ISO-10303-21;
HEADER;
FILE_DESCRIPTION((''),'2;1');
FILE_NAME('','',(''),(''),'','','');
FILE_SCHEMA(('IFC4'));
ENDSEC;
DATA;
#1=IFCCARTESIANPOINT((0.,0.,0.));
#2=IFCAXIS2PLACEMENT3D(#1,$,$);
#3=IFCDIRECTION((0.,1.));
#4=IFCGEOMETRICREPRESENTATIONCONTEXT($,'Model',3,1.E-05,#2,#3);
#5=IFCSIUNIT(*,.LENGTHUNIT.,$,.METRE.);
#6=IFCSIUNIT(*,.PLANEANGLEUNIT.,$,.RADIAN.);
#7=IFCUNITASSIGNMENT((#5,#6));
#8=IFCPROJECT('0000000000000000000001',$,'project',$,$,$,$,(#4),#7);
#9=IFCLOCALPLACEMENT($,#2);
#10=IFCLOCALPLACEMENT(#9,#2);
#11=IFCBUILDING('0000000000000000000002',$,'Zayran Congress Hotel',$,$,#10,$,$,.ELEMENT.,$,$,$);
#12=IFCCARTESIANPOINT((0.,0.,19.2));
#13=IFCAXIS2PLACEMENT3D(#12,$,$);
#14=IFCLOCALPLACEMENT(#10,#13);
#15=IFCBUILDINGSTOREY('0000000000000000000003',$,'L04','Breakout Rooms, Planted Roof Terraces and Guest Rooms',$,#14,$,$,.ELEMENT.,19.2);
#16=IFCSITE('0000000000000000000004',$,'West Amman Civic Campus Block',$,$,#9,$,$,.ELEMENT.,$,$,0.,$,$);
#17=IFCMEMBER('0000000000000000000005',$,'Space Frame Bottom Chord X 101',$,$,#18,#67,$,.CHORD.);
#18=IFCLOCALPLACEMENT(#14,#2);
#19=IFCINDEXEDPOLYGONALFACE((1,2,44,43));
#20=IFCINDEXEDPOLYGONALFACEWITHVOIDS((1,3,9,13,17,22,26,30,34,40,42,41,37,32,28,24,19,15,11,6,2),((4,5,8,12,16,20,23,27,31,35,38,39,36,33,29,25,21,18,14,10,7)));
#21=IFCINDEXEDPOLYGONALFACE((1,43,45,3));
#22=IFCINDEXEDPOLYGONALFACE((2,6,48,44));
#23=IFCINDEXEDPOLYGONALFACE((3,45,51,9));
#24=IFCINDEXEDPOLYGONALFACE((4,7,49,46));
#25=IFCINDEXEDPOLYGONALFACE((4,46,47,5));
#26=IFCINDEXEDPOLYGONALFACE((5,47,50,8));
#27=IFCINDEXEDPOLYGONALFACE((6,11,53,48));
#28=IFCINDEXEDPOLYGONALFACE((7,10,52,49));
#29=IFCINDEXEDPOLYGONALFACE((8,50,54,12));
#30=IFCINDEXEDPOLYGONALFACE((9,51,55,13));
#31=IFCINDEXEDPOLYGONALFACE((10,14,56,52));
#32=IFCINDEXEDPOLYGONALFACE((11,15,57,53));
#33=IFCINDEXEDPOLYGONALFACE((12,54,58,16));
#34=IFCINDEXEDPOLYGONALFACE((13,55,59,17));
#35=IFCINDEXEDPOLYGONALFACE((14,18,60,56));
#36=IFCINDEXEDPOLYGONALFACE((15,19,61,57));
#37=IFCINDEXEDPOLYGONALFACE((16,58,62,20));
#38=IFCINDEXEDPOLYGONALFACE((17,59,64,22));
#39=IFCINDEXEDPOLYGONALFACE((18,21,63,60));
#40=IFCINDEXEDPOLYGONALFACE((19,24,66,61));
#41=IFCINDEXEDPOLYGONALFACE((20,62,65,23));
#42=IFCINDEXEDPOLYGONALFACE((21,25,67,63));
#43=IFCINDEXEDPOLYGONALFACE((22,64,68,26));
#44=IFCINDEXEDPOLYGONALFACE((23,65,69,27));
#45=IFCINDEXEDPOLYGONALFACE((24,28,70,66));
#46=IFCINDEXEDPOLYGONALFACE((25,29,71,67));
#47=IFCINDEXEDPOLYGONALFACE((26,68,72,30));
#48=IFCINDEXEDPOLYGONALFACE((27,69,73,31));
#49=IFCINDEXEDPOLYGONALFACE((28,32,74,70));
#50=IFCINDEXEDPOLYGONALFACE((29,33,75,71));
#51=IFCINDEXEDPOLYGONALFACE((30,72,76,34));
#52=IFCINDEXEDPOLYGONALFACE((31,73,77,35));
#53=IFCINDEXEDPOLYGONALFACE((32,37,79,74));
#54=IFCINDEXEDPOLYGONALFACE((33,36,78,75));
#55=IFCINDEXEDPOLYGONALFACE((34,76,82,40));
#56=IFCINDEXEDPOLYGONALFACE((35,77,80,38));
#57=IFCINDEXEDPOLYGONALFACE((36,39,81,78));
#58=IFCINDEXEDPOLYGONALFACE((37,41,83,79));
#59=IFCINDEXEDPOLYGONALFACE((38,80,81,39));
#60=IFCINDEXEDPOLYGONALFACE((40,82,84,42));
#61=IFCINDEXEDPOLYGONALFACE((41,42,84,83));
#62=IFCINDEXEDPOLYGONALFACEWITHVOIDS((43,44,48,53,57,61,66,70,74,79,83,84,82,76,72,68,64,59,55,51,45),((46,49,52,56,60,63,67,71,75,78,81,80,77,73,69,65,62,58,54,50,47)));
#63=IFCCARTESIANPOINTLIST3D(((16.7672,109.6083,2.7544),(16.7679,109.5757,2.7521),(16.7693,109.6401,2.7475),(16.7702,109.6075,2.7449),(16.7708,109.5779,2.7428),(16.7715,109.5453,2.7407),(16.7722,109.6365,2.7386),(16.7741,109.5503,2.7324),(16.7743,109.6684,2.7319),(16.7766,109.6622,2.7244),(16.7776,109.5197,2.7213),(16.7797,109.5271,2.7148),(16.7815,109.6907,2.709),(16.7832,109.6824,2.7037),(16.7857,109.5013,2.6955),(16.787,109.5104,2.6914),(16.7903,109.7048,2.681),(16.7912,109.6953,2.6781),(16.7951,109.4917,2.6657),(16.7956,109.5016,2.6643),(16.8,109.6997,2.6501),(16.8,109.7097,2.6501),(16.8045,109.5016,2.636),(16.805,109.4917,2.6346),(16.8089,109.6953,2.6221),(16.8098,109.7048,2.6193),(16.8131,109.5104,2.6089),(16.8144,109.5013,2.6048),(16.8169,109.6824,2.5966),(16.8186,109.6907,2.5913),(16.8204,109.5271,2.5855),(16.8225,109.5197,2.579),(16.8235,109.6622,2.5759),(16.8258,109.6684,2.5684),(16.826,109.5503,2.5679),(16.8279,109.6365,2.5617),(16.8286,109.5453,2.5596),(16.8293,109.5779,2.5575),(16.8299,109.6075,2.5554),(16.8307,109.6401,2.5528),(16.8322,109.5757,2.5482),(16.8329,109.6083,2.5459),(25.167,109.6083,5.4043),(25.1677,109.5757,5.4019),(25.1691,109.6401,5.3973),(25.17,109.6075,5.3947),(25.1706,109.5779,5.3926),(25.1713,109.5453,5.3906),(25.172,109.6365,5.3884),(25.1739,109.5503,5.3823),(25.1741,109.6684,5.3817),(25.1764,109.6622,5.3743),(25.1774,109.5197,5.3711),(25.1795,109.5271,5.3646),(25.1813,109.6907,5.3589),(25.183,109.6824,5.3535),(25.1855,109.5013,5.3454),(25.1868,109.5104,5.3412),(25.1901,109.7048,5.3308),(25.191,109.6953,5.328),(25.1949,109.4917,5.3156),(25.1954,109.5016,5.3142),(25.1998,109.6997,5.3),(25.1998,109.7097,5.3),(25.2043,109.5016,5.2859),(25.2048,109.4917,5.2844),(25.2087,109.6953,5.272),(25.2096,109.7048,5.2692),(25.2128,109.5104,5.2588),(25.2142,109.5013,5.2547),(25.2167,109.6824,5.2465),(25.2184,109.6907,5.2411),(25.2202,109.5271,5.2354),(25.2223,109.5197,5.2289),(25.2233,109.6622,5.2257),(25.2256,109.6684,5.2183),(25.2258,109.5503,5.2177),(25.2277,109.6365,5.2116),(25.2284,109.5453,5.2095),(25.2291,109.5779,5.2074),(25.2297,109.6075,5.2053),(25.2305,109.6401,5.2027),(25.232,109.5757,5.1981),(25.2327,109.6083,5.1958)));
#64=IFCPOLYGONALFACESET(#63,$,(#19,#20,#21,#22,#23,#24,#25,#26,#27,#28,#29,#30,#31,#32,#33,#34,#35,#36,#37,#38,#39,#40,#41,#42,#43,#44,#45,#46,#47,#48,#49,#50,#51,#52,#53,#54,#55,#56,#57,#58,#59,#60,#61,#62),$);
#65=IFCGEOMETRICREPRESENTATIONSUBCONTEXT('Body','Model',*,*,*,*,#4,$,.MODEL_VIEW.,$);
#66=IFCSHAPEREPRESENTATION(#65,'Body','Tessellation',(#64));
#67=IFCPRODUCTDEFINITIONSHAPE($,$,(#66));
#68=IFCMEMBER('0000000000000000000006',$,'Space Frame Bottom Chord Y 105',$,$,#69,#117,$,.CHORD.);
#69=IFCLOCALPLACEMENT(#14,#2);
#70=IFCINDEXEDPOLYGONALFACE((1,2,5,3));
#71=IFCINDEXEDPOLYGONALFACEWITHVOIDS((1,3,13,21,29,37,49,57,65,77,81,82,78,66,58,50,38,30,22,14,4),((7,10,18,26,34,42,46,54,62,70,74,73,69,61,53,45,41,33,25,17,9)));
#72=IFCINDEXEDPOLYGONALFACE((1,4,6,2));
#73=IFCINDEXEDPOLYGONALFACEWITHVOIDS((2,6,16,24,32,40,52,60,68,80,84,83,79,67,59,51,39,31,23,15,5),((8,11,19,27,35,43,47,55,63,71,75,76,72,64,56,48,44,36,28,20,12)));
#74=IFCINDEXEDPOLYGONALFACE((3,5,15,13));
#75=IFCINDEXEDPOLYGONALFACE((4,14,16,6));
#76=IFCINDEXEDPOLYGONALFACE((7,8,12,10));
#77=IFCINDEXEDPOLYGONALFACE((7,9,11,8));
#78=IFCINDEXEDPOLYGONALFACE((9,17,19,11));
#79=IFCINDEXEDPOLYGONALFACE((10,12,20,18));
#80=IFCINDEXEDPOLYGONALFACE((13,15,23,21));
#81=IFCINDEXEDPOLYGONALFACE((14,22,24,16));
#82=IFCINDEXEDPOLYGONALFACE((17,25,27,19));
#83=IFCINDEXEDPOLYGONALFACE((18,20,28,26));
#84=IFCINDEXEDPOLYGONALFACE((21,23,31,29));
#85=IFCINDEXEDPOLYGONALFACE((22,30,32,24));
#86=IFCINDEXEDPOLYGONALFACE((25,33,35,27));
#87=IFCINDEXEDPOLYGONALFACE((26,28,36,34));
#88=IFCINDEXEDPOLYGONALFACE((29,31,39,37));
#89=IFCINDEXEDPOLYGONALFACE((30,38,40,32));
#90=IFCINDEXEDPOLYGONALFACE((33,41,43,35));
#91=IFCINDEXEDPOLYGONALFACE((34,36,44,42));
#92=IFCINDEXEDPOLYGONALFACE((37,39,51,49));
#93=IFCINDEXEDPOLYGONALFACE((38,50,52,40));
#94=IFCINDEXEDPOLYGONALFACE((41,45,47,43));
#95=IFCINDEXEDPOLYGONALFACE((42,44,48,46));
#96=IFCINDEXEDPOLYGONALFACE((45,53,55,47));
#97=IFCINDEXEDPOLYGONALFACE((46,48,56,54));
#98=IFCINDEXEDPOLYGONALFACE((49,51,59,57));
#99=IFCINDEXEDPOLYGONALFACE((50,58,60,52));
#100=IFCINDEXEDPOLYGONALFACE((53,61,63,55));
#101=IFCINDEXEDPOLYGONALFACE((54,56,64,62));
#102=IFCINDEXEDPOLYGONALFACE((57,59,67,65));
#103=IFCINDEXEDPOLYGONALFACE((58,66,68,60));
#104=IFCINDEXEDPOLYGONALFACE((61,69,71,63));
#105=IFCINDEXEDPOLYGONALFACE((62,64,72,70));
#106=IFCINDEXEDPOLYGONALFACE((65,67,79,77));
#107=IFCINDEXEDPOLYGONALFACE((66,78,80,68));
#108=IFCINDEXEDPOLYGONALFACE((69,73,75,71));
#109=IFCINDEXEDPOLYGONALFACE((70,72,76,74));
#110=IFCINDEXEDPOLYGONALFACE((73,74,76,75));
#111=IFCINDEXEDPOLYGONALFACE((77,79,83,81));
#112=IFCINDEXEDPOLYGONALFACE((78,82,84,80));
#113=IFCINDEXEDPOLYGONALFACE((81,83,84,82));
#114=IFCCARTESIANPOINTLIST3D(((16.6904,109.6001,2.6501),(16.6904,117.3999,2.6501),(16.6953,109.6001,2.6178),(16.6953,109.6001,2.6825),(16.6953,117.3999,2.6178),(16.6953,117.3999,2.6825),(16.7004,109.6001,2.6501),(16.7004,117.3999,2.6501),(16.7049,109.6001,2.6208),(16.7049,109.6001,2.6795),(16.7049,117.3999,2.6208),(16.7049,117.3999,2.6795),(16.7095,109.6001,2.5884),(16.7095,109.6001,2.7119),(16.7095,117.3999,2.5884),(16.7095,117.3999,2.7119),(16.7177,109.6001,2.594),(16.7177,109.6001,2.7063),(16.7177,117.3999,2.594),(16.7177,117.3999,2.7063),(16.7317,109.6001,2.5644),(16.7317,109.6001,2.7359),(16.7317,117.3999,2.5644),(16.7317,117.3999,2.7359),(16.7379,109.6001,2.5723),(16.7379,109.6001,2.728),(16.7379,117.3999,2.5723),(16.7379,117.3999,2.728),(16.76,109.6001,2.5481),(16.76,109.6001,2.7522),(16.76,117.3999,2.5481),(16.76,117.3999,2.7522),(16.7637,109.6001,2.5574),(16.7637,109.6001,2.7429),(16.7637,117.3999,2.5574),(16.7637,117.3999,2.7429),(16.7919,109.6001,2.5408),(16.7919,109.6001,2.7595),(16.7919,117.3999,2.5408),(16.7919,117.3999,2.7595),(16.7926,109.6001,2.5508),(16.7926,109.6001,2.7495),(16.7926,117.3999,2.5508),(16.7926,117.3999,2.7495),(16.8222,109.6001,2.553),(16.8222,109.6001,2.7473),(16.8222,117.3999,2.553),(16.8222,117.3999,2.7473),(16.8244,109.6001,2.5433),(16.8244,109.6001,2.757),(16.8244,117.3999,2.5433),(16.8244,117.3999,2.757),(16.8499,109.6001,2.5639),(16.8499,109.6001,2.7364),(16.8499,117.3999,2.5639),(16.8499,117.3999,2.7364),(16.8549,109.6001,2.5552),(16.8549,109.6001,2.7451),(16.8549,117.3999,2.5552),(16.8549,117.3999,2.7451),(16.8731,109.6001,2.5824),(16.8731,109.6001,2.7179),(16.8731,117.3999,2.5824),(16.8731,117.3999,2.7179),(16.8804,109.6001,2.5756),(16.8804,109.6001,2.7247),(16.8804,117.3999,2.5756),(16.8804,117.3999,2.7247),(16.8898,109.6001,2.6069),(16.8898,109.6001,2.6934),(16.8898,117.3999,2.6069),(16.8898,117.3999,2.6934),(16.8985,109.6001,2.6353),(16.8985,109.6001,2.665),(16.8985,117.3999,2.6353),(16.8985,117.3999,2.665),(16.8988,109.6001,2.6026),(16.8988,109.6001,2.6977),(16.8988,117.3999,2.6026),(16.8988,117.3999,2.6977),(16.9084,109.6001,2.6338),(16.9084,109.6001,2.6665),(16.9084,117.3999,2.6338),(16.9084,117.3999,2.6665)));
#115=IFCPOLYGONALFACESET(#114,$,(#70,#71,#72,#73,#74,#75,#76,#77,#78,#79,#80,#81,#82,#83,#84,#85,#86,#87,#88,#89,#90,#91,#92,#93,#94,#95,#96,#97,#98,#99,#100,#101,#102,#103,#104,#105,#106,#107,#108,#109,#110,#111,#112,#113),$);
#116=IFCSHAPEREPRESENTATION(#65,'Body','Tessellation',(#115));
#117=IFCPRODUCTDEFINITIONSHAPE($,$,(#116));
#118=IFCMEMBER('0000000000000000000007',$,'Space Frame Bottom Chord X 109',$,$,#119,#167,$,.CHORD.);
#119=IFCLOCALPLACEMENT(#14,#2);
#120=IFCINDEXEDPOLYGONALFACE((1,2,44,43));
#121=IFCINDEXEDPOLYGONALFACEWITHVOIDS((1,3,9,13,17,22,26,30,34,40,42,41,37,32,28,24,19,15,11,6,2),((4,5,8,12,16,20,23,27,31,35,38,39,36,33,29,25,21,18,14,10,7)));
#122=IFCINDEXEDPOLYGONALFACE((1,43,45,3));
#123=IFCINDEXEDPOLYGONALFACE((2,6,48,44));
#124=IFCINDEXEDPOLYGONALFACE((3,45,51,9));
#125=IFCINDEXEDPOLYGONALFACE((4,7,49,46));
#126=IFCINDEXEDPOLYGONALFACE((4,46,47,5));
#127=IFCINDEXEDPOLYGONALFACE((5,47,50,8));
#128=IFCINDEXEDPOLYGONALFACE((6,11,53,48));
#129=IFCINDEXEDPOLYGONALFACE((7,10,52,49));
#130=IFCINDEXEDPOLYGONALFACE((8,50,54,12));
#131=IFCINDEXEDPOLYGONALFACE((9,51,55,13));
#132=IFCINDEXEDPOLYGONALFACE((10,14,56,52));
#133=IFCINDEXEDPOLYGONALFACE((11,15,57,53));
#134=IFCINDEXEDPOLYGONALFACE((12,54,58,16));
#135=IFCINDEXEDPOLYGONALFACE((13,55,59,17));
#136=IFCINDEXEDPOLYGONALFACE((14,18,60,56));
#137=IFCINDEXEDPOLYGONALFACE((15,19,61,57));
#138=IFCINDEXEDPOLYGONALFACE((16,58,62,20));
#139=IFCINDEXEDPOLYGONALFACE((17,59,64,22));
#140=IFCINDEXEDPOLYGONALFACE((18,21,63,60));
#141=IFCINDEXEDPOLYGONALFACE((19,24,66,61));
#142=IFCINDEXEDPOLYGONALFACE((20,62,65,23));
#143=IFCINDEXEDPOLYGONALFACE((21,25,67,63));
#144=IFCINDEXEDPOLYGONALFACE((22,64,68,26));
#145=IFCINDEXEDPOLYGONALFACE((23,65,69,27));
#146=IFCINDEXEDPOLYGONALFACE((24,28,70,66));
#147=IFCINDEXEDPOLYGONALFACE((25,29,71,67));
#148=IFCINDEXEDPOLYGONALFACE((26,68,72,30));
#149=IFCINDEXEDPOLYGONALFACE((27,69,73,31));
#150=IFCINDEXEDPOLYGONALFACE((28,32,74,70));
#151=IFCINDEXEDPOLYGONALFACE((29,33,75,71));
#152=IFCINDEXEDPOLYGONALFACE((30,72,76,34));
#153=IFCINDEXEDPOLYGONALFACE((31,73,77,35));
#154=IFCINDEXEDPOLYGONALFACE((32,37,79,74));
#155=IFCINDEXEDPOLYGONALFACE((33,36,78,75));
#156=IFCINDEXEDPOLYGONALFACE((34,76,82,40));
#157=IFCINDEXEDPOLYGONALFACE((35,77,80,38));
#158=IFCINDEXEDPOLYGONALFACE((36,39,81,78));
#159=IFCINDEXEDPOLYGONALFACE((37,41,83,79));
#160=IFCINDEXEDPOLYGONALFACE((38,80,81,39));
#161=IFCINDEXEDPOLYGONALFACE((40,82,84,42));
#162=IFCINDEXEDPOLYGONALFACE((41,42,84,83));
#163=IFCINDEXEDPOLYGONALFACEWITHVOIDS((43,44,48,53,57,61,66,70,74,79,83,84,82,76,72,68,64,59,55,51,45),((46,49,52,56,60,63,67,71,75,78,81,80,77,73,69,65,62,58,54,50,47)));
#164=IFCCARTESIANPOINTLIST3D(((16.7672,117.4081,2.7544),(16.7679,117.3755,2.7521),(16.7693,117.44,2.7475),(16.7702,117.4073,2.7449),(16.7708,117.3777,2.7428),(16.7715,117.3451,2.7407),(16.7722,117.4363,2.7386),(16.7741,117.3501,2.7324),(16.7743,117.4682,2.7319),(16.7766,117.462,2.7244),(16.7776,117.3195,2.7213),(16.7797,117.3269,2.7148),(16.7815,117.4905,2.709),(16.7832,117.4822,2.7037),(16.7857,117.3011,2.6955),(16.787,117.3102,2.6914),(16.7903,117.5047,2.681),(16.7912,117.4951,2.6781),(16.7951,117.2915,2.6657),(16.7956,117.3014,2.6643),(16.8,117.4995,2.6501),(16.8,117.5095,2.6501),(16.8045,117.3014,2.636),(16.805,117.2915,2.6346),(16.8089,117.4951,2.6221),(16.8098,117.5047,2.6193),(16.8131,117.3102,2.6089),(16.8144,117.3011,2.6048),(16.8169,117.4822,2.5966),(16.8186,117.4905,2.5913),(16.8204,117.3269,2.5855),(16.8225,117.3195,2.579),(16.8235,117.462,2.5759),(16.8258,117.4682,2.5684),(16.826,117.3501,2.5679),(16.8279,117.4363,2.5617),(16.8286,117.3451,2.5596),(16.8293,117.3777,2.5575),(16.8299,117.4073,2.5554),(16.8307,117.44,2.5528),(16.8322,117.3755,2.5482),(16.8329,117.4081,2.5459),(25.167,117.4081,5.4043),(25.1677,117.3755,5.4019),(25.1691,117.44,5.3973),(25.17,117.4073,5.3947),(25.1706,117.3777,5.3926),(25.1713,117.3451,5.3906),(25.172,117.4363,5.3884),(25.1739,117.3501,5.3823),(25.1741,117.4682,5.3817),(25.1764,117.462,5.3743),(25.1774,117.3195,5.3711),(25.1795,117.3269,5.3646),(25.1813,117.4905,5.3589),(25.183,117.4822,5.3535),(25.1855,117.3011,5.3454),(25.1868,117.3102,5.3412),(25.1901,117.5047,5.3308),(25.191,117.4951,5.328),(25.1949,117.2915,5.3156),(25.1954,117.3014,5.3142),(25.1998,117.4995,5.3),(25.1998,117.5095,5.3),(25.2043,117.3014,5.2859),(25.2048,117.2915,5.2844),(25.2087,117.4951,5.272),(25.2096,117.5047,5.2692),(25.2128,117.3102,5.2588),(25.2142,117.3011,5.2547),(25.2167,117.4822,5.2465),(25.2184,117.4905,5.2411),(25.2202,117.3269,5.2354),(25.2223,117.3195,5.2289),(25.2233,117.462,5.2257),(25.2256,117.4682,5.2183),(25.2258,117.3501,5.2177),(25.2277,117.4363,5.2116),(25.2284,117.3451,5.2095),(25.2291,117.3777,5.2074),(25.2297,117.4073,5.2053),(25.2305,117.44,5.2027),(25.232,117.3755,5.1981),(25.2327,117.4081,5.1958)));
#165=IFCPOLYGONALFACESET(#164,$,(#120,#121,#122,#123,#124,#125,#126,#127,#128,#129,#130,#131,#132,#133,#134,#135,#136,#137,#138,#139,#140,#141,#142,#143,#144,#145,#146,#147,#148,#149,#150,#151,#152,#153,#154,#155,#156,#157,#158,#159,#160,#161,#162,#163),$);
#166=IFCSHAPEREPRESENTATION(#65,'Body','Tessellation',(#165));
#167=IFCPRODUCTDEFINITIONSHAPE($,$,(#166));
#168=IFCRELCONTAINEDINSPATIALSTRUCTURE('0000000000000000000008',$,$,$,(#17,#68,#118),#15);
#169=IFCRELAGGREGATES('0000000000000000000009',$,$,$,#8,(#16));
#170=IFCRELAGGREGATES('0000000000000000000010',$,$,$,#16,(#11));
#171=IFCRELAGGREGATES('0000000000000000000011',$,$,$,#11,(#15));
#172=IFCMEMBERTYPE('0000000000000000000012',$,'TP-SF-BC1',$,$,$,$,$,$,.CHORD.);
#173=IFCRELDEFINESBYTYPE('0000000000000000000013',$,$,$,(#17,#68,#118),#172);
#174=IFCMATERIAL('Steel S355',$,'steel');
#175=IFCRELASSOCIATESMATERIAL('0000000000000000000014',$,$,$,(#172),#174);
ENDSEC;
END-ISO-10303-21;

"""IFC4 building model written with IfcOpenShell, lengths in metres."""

from ifc_helpers import new_model, si_unit, direction, frame, origin, origin_2d, place, context, subcontext, project, spatial, hollow_circle, extrude, material, material_profile, profile_set, type_object, element, save


model = new_model("IFC4")

# Units and contexts
model_context = context("Model", 3, precision=1e-05, world=origin(), true_north=direction((0.0, 1.0)))
body_context = subcontext(model_context, "Body", "Model", "MODEL_VIEW")
ifc_project = project(units=[si_unit("LENGTHUNIT", "METRE"), si_unit("PLANEANGLEUNIT", "RADIAN")], contexts=[model_context])

# Site, building, storey
site_placement = place(None, origin())
site = spatial("IfcSite", under=ifc_project, at=site_placement, Name="West Amman Civic Campus Block", CompositionType="ELEMENT", RefElevation=0.0)
building_placement = place(site_placement, origin())
building = spatial("IfcBuilding", under=site, at=building_placement, Name="Zayran Congress Hotel", CompositionType="ELEMENT")
storey_placement = place(building_placement, frame((0.0, 0.0, 19.2)))
storey = spatial("IfcBuildingStorey", under=building, at=storey_placement, Name="L04", Description="Breakout Rooms, Planted Roof Terraces and Guest Rooms", CompositionType="ELEMENT", Elevation=19.2)

# Shared definitions
ifc_material_1 = material(Name="Steel S355", Category="steel")

# Members
ifc_material_profile_1 = material_profile(ifc_material_1, hollow_circle(Radius=0.1096, WallThickness=0.01, at=origin_2d()), Name="CHS 219.1x10")
ifc_profile_set_1 = profile_set([ifc_material_profile_1], Name="Steel S355")
member_type_1 = type_object("IfcMemberType", Name="TP-SF-BC1", PredefinedType="CHORD", material=ifc_profile_set_1)
member_1_placement = place(storey_placement, frame((16.8, 109.6001, 2.6501), z_axis=(0.953671, 0.0, 0.300853), x_axis=(0.0, 1.0, 0.0)))
element("IfcMember", 1, at=member_1_placement, inside=storey, type_object=member_type_1, Name="Space Frame Bottom Chord X 101", PredefinedType="CHORD", context=body_context, shape_type="SweptSolid", body=[
    extrude(hollow_circle(Radius=0.1096, WallThickness=0.01, at=origin_2d()), origin(), (0.0, 0.0, 1.0), 8.8079),
])
member_2_placement = place(storey_placement, frame((16.8, 109.6001, 2.6501), z_axis=(0.0, 1.0, 0.0), x_axis=(-1.0, 0.0, 0.0)))
element("IfcMember", 2, at=member_2_placement, inside=storey, type_object=member_type_1, Name="Space Frame Bottom Chord Y 105", PredefinedType="CHORD", context=body_context, shape_type="SweptSolid", body=[
    extrude(hollow_circle(Radius=0.1096, WallThickness=0.01, at=origin_2d()), origin(), (0.0, 0.0, 1.0), 7.7998),
])
member_3_placement = place(storey_placement, frame((16.8, 117.3999, 2.6501), z_axis=(0.953671, 0.0, 0.300853), x_axis=(0.0, 1.0, 0.0)))
element("IfcMember", 3, at=member_3_placement, inside=storey, type_object=member_type_1, Name="Space Frame Bottom Chord X 109", PredefinedType="CHORD", context=body_context, shape_type="SweptSolid", body=[
    extrude(hollow_circle(Radius=0.1096, WallThickness=0.01, at=origin_2d()), origin(), (0.0, 0.0, 1.0), 8.8079),
])

save(model, "model.ifc")
